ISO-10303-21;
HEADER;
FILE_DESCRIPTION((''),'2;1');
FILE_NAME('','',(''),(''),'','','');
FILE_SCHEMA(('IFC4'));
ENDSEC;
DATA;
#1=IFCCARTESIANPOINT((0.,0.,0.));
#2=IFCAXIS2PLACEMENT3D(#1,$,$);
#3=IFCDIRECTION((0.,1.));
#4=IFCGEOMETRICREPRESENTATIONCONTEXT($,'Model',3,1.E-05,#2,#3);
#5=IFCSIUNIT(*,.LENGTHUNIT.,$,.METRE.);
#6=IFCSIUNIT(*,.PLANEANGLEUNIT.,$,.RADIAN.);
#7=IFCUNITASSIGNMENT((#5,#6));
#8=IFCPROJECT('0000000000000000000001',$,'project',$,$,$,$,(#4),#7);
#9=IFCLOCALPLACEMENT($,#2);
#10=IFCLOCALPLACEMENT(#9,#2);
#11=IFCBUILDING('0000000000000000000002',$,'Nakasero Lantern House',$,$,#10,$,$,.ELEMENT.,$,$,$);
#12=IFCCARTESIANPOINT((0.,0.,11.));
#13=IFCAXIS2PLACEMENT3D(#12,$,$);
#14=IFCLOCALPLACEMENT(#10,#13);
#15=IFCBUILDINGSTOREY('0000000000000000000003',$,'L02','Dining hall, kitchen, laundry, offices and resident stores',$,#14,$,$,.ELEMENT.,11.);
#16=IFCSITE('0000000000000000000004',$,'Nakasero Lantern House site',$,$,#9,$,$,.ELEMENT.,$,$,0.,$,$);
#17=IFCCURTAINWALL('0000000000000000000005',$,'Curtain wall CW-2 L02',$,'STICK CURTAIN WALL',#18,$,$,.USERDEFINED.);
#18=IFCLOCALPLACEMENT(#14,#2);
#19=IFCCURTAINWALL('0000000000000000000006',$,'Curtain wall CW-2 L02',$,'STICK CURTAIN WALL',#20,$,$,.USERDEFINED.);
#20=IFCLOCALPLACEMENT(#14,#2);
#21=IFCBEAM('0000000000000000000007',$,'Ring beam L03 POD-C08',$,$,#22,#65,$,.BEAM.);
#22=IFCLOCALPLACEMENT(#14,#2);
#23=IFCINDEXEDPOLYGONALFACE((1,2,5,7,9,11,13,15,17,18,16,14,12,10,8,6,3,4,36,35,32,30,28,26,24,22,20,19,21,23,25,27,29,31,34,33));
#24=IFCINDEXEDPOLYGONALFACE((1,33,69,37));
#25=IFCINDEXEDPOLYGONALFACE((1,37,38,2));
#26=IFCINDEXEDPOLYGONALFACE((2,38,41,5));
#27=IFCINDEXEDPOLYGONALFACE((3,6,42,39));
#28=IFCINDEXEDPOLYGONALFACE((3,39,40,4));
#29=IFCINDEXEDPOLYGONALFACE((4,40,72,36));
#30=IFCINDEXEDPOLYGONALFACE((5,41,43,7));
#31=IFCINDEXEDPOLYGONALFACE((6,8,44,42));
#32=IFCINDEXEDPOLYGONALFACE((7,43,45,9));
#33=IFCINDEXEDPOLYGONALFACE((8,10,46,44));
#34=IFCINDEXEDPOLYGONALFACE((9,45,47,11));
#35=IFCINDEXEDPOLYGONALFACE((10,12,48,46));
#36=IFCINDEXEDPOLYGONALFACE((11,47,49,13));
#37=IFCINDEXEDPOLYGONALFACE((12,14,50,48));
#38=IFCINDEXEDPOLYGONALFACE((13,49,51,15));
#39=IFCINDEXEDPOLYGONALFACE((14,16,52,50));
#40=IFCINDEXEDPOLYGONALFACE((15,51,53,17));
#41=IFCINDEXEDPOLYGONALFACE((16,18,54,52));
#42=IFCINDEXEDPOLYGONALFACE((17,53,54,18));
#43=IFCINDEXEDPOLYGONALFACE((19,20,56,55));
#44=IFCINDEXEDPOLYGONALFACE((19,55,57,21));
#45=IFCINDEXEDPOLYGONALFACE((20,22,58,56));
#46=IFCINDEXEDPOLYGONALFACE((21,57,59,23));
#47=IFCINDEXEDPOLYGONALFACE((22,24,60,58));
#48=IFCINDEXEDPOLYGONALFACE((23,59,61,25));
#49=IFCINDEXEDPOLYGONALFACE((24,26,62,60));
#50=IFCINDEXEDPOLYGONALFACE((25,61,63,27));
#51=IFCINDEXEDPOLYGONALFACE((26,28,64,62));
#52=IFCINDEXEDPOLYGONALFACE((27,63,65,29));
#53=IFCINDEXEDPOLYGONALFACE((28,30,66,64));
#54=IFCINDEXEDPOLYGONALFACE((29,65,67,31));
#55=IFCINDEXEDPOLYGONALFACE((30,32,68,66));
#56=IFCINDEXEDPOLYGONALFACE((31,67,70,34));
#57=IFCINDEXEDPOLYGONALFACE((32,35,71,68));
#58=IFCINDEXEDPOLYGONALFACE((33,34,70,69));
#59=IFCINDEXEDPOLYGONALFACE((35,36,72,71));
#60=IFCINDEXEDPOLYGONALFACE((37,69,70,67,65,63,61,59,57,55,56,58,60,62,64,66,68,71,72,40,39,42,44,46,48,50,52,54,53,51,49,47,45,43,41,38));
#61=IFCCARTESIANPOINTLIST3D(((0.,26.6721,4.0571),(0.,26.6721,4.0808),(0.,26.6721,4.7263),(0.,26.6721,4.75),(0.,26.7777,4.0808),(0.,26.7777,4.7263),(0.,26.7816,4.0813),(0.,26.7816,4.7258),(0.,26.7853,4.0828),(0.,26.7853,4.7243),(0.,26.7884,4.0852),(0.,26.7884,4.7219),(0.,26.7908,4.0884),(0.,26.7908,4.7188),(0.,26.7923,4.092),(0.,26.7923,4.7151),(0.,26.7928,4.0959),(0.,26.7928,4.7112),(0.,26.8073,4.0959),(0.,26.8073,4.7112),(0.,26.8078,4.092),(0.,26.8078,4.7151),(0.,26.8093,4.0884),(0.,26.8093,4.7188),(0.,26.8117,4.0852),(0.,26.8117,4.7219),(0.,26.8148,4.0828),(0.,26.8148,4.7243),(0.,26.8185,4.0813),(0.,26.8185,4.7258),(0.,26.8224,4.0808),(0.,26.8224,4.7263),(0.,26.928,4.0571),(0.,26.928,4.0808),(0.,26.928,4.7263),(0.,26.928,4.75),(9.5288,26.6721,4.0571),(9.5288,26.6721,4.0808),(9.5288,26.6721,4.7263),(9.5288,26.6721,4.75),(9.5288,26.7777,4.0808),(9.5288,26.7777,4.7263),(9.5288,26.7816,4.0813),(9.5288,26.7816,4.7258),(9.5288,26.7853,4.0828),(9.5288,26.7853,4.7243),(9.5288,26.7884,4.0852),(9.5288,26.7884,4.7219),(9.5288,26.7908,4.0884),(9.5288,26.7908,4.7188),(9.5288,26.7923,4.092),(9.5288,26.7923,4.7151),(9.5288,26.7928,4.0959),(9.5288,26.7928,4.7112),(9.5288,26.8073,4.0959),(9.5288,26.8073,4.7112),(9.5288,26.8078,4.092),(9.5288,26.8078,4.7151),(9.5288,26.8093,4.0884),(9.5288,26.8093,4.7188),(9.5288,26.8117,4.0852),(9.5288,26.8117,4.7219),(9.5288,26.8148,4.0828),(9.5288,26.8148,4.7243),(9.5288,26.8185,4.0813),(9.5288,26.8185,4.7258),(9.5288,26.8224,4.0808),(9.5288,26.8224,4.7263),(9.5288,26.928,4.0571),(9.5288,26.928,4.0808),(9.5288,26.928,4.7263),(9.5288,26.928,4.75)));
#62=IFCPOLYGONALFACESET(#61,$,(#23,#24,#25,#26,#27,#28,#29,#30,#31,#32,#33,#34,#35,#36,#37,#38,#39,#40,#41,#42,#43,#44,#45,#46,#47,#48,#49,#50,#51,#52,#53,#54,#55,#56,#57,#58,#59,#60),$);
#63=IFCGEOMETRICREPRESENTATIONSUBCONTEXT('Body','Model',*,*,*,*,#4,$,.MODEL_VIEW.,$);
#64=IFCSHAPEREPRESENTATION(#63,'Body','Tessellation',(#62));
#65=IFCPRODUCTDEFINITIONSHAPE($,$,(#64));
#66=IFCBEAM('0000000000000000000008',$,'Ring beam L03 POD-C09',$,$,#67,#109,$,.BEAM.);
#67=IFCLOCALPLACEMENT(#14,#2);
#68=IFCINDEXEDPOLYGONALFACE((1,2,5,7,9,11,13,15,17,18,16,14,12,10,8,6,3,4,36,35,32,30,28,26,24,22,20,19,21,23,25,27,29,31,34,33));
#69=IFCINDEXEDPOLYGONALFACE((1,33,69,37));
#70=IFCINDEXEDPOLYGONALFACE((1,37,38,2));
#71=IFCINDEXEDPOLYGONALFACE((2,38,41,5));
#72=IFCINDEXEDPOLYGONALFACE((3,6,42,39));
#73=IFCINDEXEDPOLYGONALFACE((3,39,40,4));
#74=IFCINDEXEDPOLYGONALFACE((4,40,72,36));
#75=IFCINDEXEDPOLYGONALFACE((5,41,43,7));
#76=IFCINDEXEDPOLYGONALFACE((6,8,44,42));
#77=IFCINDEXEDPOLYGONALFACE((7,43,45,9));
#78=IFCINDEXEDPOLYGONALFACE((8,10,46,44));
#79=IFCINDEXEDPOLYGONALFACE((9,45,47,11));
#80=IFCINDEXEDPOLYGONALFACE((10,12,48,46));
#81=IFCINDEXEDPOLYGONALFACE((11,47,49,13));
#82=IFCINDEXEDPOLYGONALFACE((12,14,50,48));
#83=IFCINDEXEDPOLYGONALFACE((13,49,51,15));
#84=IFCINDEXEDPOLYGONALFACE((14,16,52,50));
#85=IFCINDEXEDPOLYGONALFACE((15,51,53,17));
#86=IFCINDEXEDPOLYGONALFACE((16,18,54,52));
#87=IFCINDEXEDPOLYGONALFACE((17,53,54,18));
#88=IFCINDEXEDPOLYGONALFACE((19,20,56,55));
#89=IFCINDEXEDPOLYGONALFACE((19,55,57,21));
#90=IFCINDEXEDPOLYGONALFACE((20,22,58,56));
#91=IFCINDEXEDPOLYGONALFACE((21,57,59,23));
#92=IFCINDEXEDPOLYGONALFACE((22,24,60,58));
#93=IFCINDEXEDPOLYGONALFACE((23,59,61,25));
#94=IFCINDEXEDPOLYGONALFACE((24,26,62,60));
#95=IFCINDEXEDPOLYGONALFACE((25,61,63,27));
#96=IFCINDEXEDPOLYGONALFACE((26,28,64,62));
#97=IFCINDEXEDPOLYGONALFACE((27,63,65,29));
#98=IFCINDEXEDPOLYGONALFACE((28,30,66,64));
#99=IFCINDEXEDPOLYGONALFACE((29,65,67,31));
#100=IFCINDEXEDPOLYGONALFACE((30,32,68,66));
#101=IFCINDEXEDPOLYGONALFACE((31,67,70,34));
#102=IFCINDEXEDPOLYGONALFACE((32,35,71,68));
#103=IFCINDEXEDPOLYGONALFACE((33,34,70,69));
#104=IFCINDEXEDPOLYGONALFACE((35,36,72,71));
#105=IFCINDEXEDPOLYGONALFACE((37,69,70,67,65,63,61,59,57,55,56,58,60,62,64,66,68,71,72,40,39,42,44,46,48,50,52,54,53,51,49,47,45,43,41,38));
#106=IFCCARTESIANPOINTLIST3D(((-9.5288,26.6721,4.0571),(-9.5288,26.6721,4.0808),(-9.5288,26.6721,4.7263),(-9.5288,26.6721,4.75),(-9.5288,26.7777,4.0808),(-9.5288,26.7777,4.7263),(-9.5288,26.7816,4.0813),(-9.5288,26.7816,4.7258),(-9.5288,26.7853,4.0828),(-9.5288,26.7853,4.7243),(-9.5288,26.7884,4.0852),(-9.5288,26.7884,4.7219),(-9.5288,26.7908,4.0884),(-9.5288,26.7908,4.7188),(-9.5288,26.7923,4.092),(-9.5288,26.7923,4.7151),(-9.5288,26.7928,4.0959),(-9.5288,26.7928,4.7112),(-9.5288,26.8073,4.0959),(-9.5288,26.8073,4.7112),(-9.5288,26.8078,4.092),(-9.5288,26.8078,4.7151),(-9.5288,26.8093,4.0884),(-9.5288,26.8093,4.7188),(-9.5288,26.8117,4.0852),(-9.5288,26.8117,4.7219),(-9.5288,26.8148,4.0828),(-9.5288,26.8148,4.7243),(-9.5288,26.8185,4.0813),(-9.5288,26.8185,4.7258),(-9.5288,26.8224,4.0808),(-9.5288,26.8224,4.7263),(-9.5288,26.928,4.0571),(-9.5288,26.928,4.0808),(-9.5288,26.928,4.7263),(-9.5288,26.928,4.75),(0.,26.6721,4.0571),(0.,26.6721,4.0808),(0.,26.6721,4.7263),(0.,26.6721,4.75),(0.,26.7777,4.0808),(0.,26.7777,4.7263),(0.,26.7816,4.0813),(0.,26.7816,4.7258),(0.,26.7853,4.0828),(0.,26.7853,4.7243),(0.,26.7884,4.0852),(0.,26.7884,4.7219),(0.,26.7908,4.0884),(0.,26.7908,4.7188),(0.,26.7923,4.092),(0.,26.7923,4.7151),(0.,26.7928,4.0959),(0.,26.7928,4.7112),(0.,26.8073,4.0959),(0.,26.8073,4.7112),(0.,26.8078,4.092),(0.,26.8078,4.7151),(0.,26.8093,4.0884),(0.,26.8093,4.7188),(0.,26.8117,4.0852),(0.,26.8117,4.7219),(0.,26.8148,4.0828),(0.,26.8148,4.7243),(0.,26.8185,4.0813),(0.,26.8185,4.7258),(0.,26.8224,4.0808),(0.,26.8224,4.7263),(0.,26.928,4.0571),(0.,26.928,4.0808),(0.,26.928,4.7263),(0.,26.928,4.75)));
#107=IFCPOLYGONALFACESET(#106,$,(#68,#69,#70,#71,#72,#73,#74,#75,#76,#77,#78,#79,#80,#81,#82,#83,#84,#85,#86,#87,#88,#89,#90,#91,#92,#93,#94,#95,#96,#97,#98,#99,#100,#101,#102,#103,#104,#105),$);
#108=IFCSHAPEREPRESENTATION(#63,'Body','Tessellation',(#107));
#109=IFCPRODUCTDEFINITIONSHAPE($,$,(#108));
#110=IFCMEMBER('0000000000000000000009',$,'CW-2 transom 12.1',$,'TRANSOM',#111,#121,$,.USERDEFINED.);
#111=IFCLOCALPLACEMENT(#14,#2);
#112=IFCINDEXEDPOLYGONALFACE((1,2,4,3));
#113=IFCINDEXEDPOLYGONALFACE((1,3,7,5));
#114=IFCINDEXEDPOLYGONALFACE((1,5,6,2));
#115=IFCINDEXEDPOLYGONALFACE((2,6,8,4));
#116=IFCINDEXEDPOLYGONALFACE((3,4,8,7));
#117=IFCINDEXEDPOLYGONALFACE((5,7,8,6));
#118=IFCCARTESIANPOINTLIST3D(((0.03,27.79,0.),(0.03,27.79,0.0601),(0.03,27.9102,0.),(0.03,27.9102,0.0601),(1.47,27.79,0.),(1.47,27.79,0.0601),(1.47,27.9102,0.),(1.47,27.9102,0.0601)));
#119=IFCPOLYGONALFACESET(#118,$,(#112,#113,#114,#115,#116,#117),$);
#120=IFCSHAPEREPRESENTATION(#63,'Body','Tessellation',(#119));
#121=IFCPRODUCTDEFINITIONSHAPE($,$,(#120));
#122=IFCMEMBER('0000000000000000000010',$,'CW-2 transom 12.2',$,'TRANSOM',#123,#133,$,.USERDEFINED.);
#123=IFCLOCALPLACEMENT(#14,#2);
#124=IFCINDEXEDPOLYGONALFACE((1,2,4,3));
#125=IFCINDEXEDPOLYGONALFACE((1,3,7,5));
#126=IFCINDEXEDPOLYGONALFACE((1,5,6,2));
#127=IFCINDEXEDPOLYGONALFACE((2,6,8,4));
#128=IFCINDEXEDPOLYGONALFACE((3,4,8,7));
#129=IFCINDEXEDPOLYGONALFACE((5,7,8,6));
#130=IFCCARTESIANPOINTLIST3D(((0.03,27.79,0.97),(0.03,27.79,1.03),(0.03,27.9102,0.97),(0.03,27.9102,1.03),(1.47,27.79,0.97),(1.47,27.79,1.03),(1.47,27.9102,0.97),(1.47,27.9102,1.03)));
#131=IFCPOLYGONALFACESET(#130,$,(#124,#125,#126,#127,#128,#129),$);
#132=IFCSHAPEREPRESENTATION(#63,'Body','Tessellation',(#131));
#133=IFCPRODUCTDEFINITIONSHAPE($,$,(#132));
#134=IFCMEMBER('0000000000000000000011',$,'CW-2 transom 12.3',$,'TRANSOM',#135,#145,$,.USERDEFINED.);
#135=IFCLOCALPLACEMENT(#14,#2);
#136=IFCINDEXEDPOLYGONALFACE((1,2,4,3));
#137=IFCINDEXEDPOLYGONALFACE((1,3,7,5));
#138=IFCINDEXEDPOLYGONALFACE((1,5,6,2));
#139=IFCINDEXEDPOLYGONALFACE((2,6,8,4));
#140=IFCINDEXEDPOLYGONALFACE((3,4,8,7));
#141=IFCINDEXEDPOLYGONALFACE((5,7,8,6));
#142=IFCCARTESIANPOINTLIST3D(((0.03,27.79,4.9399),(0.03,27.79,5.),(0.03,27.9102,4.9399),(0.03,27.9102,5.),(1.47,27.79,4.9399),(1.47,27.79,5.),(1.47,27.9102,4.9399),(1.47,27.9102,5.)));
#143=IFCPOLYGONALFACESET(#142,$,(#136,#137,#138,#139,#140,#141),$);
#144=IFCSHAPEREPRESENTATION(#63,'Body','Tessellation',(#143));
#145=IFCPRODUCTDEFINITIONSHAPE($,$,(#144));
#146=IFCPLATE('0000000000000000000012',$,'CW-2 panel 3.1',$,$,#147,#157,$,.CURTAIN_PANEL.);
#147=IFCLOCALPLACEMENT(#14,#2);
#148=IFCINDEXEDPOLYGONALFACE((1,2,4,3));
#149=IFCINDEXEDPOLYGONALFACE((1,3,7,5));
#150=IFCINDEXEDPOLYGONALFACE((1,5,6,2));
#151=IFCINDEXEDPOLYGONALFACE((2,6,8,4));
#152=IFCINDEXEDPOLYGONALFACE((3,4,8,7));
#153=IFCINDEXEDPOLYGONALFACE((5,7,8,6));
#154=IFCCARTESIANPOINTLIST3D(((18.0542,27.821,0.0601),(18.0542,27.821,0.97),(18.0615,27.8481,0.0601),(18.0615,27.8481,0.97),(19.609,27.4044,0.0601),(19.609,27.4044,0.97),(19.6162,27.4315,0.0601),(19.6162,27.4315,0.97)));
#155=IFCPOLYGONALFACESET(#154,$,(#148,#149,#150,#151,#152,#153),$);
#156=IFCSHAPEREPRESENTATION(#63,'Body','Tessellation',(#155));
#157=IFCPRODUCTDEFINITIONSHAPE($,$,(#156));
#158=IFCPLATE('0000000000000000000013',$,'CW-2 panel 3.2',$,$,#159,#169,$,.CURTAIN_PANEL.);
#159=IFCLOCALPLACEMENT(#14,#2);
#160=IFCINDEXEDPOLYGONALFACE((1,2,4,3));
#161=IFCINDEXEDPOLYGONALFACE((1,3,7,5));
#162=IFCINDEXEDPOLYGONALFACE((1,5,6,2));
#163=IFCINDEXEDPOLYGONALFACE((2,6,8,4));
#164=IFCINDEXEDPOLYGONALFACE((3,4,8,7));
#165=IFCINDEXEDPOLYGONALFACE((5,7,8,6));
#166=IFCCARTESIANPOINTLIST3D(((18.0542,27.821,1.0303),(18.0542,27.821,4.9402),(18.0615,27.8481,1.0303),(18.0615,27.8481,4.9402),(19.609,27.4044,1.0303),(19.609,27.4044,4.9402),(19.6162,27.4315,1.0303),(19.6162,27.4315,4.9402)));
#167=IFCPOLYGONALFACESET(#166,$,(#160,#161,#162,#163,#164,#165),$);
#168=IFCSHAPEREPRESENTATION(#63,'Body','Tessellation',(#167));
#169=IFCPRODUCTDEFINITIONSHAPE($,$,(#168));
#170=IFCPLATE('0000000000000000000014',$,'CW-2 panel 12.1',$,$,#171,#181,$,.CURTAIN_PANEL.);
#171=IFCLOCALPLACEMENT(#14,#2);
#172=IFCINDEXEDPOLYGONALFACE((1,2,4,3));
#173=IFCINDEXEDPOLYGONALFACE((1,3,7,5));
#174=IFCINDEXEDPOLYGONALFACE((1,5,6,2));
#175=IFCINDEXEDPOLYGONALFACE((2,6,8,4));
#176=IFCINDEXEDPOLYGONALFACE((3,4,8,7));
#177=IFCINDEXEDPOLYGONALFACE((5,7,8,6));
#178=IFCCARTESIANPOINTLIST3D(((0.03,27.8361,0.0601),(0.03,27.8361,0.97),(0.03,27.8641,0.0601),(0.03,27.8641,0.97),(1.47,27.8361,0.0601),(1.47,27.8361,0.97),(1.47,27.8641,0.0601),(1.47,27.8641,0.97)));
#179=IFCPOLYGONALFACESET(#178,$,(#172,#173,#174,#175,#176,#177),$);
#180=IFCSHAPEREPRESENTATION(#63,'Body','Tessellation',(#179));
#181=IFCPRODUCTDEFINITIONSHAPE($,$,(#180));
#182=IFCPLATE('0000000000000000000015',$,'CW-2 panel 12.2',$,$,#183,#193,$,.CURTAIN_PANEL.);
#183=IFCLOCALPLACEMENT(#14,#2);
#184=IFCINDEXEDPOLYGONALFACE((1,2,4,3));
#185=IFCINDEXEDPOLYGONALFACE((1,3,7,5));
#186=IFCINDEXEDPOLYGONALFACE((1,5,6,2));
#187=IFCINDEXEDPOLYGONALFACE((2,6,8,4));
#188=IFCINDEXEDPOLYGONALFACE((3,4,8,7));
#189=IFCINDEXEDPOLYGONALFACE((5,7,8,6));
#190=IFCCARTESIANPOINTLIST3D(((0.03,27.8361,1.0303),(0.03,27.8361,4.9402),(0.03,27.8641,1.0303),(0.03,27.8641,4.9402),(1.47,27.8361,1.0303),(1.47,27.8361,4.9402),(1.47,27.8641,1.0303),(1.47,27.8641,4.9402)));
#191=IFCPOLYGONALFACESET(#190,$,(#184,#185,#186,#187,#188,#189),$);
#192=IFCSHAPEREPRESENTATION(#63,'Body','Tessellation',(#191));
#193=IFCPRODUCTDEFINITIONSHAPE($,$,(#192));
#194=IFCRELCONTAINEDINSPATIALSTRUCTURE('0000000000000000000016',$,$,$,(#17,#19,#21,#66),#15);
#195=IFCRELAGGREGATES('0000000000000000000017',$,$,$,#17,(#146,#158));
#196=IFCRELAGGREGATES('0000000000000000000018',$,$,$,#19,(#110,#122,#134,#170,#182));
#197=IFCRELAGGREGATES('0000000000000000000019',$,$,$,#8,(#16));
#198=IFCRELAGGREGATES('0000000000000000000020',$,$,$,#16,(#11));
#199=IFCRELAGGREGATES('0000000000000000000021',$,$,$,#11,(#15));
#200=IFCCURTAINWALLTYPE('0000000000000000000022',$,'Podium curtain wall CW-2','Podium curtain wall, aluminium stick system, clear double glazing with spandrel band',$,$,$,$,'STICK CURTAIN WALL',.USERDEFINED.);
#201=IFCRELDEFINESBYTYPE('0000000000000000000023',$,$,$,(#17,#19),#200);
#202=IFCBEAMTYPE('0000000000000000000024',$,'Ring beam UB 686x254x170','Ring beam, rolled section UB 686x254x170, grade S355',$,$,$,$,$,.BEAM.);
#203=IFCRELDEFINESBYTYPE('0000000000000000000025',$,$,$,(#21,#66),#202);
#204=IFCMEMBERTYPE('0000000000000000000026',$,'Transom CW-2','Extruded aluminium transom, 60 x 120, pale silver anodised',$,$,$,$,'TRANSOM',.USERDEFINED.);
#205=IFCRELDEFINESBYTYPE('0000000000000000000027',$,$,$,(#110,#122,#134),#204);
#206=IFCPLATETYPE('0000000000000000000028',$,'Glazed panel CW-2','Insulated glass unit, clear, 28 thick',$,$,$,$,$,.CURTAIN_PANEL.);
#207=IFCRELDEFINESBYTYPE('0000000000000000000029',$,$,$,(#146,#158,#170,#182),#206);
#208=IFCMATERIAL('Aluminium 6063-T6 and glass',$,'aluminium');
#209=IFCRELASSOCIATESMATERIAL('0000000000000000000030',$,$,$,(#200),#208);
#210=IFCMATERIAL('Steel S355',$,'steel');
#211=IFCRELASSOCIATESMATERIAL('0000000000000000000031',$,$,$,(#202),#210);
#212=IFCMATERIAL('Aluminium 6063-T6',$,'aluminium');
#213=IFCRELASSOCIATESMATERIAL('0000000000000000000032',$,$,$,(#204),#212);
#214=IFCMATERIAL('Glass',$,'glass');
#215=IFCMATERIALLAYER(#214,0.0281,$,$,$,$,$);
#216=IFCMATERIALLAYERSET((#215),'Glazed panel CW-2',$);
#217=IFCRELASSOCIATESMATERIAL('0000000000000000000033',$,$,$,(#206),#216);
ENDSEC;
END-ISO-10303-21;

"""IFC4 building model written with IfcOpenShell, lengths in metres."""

from ifc_helpers import new_model, si_unit, direction, frame, origin, origin_2d, place, context, subcontext, project, spatial, rectangle, i_section, extrude, material, layer, layer_set, material_profile, profile_set, type_object, element, aggregate, save


model = new_model("IFC4")

# Units and contexts
model_context = context("Model", 3, precision=1e-05, world=origin(), true_north=direction((0.0, 1.0)))
body_context = subcontext(model_context, "Body", "Model", "MODEL_VIEW")
ifc_project = project(units=[si_unit("LENGTHUNIT", "METRE"), si_unit("PLANEANGLEUNIT", "RADIAN")], contexts=[model_context])

# Site, building, storey
site_placement = place(None, origin())
site = spatial("IfcSite", under=ifc_project, at=site_placement, Name="Nakasero Lantern House site", CompositionType="ELEMENT", RefElevation=0.0)
building_placement = place(site_placement, origin())
building = spatial("IfcBuilding", under=site, at=building_placement, Name="Nakasero Lantern House", CompositionType="ELEMENT")
storey_placement = place(building_placement, frame((0.0, 0.0, 11.0)))
storey = spatial("IfcBuildingStorey", under=building, at=storey_placement, Name="L02", Description="Dining hall, kitchen, laundry, offices and resident stores", CompositionType="ELEMENT", Elevation=11.0)

# Curtain walls
ifc_material_1 = material(Name="Aluminium 6063-T6 and glass", Category="aluminium")
curtain_wall_type = type_object("IfcCurtainWallType", Name="Podium curtain wall CW-2", Description="Podium curtain wall, aluminium stick system, clear double glazing with spandrel band", ElementType="STICK CURTAIN WALL", PredefinedType="USERDEFINED", material=ifc_material_1)
curtain_wall_1_placement = place(storey_placement, origin())
curtain_wall_1 = element("IfcCurtainWall", 1, at=curtain_wall_1_placement, inside=storey, type_object=curtain_wall_type, Name="Curtain wall CW-2 L02", ObjectType="STICK CURTAIN WALL", PredefinedType="USERDEFINED")
curtain_wall_2_placement = place(storey_placement, origin())
curtain_wall_2 = element("IfcCurtainWall", 2, at=curtain_wall_2_placement, inside=storey, type_object=curtain_wall_type, Name="Curtain wall CW-2 L02", ObjectType="STICK CURTAIN WALL", PredefinedType="USERDEFINED")

# Beams
ifc_material_2 = material(Name="Steel S355", Category="steel")
ifc_material_profile_1 = material_profile(ifc_material_2, i_section(OverallWidth=0.2559, OverallDepth=0.6929, WebThickness=0.0144, FlangeThickness=0.0237, FilletRadius=0.0151, at=origin_2d()), Name="UB 686x254x170")
ifc_profile_set_1 = profile_set([ifc_material_profile_1], Name="Steel S355")
beam_type_1 = type_object("IfcBeamType", Name="Ring beam UB 686x254x170", Description="Ring beam, rolled section UB 686x254x170, grade S355", PredefinedType="BEAM", material=ifc_profile_set_1)
for number, where, z_axis, x_axis, name in (
    (3, (9.5288, 26.8, 4.4036), (-1.0, 0.0, 0.0), (0.0, -1.0, 0.0), "Ring beam L03 POD-C08"),
    (4, (0.0, 26.8, 4.4036), (-1.0, 0.0, 0.0), (0.0, -1.0, 0.0), "Ring beam L03 POD-C09"),
):
    element("IfcBeam", number, at=place(storey_placement, frame(where, z_axis=z_axis, x_axis=x_axis)), inside=storey, type_object=beam_type_1, Name=name, PredefinedType="BEAM", context=body_context, shape_type="SweptSolid", body=[
        extrude(i_section(OverallWidth=0.2559, OverallDepth=0.6929, WebThickness=0.0144, FlangeThickness=0.0237, FilletRadius=0.0151, at=origin_2d()), origin(), (0.0, 0.0, 1.0), 9.5288),
    ])

# Members
ifc_material_3 = material(Name="Aluminium 6063-T6", Category="aluminium")
ifc_material_profile_2 = material_profile(ifc_material_3, rectangle(XDim=0.0601, YDim=0.1201, at=origin_2d()), Name="CW-2 transom 60x120")
ifc_profile_set_2 = profile_set([ifc_material_profile_2], Name="Aluminium 6063-T6")
member_type_1 = type_object("IfcMemberType", Name="Transom CW-2", Description="Extruded aluminium transom, 60 x 120, pale silver anodised", ElementType="TRANSOM", PredefinedType="USERDEFINED", material=ifc_profile_set_2)
member_1_placement = place(storey_placement, frame((1.47, 27.8501, 0.03), z_axis=(-1.0, 0.0, 0.0), x_axis=(0.0, 0.0, 1.0)))
member_1 = element("IfcMember", 5, at=member_1_placement, type_object=member_type_1, Name="CW-2 transom 12.1", ObjectType="TRANSOM", PredefinedType="USERDEFINED", context=body_context, shape_type="SweptSolid", body=[
    extrude(rectangle(XDim=0.0601, YDim=0.1201, at=origin_2d()), origin(), (0.0, 0.0, 1.0), 1.4399),
])
member_2_placement = place(storey_placement, frame((1.47, 27.8501, 1.0), z_axis=(-1.0, 0.0, 0.0), x_axis=(0.0, 0.0, 1.0)))
member_2 = element("IfcMember", 6, at=member_2_placement, type_object=member_type_1, Name="CW-2 transom 12.2", ObjectType="TRANSOM", PredefinedType="USERDEFINED", context=body_context, shape_type="SweptSolid", body=[
    extrude(rectangle(XDim=0.0601, YDim=0.1201, at=origin_2d()), origin(), (0.0, 0.0, 1.0), 1.4399),
])
member_3_placement = place(storey_placement, frame((1.47, 27.8501, 4.97), z_axis=(-1.0, 0.0, 0.0), x_axis=(0.0, 0.0, 1.0)))
member_3 = element("IfcMember", 7, at=member_3_placement, type_object=member_type_1, Name="CW-2 transom 12.3", ObjectType="TRANSOM", PredefinedType="USERDEFINED", context=body_context, shape_type="SweptSolid", body=[
    extrude(rectangle(XDim=0.0601, YDim=0.1201, at=origin_2d()), origin(), (0.0, 0.0, 1.0), 1.4399),
])

# Plates
ifc_material_4 = material(Name="Glass", Category="glass")
ifc_layer_1 = layer(ifc_material_4, 0.0281)
ifc_layer_set_1 = layer_set([ifc_layer_1], Name="Glazed panel CW-2")
plate_type = type_object("IfcPlateType", Name="Glazed panel CW-2", Description="Insulated glass unit, clear, 28 thick", PredefinedType="CURTAIN_PANEL", material=ifc_layer_set_1)
plate_1_placement = place(storey_placement, frame((18.8352, 27.6262, 0.0601), z_axis=(0.0, 0.0, 1.0), x_axis=(-0.965926, 0.258819, 0.0)))
plate_1 = element("IfcPlate", 8, at=plate_1_placement, type_object=plate_type, Name="CW-2 panel 3.1", PredefinedType="CURTAIN_PANEL", context=body_context, shape_type="SweptSolid", body=[
    extrude(rectangle(XDim=1.6096, YDim=0.0281, at=origin_2d()), origin(), (0.0, 0.0, 1.0), 0.9099),
])
plate_2_placement = place(storey_placement, frame((18.8352, 27.6262, 1.0303), z_axis=(0.0, 0.0, 1.0), x_axis=(-0.965926, 0.258819, 0.0)))
plate_2 = element("IfcPlate", 9, at=plate_2_placement, type_object=plate_type, Name="CW-2 panel 3.2", PredefinedType="CURTAIN_PANEL", context=body_context, shape_type="SweptSolid", body=[
    extrude(rectangle(XDim=1.6096, YDim=0.0281, at=origin_2d()), origin(), (0.0, 0.0, 1.0), 3.9099),
])
aggregate(curtain_wall_1, [plate_1, plate_2])
plate_3_placement = place(storey_placement, frame((0.75, 27.8501, 0.0601), z_axis=(0.0, 0.0, 1.0), x_axis=(-1.0, 0.0, 0.0)))
plate_3 = element("IfcPlate", 10, at=plate_3_placement, type_object=plate_type, Name="CW-2 panel 12.1", PredefinedType="CURTAIN_PANEL", context=body_context, shape_type="SweptSolid", body=[
    extrude(rectangle(XDim=1.4399, YDim=0.0281, at=origin_2d()), origin(), (0.0, 0.0, 1.0), 0.9099),
])
plate_4_placement = place(storey_placement, frame((0.75, 27.8501, 1.0303), z_axis=(0.0, 0.0, 1.0), x_axis=(-1.0, 0.0, 0.0)))
plate_4 = element("IfcPlate", 11, at=plate_4_placement, type_object=plate_type, Name="CW-2 panel 12.2", PredefinedType="CURTAIN_PANEL", context=body_context, shape_type="SweptSolid", body=[
    extrude(rectangle(XDim=1.4399, YDim=0.0281, at=origin_2d()), origin(), (0.0, 0.0, 1.0), 3.9099),
])
aggregate(curtain_wall_2, [member_1, member_2, member_3, plate_3, plate_4])

save(model, "model.ifc")
